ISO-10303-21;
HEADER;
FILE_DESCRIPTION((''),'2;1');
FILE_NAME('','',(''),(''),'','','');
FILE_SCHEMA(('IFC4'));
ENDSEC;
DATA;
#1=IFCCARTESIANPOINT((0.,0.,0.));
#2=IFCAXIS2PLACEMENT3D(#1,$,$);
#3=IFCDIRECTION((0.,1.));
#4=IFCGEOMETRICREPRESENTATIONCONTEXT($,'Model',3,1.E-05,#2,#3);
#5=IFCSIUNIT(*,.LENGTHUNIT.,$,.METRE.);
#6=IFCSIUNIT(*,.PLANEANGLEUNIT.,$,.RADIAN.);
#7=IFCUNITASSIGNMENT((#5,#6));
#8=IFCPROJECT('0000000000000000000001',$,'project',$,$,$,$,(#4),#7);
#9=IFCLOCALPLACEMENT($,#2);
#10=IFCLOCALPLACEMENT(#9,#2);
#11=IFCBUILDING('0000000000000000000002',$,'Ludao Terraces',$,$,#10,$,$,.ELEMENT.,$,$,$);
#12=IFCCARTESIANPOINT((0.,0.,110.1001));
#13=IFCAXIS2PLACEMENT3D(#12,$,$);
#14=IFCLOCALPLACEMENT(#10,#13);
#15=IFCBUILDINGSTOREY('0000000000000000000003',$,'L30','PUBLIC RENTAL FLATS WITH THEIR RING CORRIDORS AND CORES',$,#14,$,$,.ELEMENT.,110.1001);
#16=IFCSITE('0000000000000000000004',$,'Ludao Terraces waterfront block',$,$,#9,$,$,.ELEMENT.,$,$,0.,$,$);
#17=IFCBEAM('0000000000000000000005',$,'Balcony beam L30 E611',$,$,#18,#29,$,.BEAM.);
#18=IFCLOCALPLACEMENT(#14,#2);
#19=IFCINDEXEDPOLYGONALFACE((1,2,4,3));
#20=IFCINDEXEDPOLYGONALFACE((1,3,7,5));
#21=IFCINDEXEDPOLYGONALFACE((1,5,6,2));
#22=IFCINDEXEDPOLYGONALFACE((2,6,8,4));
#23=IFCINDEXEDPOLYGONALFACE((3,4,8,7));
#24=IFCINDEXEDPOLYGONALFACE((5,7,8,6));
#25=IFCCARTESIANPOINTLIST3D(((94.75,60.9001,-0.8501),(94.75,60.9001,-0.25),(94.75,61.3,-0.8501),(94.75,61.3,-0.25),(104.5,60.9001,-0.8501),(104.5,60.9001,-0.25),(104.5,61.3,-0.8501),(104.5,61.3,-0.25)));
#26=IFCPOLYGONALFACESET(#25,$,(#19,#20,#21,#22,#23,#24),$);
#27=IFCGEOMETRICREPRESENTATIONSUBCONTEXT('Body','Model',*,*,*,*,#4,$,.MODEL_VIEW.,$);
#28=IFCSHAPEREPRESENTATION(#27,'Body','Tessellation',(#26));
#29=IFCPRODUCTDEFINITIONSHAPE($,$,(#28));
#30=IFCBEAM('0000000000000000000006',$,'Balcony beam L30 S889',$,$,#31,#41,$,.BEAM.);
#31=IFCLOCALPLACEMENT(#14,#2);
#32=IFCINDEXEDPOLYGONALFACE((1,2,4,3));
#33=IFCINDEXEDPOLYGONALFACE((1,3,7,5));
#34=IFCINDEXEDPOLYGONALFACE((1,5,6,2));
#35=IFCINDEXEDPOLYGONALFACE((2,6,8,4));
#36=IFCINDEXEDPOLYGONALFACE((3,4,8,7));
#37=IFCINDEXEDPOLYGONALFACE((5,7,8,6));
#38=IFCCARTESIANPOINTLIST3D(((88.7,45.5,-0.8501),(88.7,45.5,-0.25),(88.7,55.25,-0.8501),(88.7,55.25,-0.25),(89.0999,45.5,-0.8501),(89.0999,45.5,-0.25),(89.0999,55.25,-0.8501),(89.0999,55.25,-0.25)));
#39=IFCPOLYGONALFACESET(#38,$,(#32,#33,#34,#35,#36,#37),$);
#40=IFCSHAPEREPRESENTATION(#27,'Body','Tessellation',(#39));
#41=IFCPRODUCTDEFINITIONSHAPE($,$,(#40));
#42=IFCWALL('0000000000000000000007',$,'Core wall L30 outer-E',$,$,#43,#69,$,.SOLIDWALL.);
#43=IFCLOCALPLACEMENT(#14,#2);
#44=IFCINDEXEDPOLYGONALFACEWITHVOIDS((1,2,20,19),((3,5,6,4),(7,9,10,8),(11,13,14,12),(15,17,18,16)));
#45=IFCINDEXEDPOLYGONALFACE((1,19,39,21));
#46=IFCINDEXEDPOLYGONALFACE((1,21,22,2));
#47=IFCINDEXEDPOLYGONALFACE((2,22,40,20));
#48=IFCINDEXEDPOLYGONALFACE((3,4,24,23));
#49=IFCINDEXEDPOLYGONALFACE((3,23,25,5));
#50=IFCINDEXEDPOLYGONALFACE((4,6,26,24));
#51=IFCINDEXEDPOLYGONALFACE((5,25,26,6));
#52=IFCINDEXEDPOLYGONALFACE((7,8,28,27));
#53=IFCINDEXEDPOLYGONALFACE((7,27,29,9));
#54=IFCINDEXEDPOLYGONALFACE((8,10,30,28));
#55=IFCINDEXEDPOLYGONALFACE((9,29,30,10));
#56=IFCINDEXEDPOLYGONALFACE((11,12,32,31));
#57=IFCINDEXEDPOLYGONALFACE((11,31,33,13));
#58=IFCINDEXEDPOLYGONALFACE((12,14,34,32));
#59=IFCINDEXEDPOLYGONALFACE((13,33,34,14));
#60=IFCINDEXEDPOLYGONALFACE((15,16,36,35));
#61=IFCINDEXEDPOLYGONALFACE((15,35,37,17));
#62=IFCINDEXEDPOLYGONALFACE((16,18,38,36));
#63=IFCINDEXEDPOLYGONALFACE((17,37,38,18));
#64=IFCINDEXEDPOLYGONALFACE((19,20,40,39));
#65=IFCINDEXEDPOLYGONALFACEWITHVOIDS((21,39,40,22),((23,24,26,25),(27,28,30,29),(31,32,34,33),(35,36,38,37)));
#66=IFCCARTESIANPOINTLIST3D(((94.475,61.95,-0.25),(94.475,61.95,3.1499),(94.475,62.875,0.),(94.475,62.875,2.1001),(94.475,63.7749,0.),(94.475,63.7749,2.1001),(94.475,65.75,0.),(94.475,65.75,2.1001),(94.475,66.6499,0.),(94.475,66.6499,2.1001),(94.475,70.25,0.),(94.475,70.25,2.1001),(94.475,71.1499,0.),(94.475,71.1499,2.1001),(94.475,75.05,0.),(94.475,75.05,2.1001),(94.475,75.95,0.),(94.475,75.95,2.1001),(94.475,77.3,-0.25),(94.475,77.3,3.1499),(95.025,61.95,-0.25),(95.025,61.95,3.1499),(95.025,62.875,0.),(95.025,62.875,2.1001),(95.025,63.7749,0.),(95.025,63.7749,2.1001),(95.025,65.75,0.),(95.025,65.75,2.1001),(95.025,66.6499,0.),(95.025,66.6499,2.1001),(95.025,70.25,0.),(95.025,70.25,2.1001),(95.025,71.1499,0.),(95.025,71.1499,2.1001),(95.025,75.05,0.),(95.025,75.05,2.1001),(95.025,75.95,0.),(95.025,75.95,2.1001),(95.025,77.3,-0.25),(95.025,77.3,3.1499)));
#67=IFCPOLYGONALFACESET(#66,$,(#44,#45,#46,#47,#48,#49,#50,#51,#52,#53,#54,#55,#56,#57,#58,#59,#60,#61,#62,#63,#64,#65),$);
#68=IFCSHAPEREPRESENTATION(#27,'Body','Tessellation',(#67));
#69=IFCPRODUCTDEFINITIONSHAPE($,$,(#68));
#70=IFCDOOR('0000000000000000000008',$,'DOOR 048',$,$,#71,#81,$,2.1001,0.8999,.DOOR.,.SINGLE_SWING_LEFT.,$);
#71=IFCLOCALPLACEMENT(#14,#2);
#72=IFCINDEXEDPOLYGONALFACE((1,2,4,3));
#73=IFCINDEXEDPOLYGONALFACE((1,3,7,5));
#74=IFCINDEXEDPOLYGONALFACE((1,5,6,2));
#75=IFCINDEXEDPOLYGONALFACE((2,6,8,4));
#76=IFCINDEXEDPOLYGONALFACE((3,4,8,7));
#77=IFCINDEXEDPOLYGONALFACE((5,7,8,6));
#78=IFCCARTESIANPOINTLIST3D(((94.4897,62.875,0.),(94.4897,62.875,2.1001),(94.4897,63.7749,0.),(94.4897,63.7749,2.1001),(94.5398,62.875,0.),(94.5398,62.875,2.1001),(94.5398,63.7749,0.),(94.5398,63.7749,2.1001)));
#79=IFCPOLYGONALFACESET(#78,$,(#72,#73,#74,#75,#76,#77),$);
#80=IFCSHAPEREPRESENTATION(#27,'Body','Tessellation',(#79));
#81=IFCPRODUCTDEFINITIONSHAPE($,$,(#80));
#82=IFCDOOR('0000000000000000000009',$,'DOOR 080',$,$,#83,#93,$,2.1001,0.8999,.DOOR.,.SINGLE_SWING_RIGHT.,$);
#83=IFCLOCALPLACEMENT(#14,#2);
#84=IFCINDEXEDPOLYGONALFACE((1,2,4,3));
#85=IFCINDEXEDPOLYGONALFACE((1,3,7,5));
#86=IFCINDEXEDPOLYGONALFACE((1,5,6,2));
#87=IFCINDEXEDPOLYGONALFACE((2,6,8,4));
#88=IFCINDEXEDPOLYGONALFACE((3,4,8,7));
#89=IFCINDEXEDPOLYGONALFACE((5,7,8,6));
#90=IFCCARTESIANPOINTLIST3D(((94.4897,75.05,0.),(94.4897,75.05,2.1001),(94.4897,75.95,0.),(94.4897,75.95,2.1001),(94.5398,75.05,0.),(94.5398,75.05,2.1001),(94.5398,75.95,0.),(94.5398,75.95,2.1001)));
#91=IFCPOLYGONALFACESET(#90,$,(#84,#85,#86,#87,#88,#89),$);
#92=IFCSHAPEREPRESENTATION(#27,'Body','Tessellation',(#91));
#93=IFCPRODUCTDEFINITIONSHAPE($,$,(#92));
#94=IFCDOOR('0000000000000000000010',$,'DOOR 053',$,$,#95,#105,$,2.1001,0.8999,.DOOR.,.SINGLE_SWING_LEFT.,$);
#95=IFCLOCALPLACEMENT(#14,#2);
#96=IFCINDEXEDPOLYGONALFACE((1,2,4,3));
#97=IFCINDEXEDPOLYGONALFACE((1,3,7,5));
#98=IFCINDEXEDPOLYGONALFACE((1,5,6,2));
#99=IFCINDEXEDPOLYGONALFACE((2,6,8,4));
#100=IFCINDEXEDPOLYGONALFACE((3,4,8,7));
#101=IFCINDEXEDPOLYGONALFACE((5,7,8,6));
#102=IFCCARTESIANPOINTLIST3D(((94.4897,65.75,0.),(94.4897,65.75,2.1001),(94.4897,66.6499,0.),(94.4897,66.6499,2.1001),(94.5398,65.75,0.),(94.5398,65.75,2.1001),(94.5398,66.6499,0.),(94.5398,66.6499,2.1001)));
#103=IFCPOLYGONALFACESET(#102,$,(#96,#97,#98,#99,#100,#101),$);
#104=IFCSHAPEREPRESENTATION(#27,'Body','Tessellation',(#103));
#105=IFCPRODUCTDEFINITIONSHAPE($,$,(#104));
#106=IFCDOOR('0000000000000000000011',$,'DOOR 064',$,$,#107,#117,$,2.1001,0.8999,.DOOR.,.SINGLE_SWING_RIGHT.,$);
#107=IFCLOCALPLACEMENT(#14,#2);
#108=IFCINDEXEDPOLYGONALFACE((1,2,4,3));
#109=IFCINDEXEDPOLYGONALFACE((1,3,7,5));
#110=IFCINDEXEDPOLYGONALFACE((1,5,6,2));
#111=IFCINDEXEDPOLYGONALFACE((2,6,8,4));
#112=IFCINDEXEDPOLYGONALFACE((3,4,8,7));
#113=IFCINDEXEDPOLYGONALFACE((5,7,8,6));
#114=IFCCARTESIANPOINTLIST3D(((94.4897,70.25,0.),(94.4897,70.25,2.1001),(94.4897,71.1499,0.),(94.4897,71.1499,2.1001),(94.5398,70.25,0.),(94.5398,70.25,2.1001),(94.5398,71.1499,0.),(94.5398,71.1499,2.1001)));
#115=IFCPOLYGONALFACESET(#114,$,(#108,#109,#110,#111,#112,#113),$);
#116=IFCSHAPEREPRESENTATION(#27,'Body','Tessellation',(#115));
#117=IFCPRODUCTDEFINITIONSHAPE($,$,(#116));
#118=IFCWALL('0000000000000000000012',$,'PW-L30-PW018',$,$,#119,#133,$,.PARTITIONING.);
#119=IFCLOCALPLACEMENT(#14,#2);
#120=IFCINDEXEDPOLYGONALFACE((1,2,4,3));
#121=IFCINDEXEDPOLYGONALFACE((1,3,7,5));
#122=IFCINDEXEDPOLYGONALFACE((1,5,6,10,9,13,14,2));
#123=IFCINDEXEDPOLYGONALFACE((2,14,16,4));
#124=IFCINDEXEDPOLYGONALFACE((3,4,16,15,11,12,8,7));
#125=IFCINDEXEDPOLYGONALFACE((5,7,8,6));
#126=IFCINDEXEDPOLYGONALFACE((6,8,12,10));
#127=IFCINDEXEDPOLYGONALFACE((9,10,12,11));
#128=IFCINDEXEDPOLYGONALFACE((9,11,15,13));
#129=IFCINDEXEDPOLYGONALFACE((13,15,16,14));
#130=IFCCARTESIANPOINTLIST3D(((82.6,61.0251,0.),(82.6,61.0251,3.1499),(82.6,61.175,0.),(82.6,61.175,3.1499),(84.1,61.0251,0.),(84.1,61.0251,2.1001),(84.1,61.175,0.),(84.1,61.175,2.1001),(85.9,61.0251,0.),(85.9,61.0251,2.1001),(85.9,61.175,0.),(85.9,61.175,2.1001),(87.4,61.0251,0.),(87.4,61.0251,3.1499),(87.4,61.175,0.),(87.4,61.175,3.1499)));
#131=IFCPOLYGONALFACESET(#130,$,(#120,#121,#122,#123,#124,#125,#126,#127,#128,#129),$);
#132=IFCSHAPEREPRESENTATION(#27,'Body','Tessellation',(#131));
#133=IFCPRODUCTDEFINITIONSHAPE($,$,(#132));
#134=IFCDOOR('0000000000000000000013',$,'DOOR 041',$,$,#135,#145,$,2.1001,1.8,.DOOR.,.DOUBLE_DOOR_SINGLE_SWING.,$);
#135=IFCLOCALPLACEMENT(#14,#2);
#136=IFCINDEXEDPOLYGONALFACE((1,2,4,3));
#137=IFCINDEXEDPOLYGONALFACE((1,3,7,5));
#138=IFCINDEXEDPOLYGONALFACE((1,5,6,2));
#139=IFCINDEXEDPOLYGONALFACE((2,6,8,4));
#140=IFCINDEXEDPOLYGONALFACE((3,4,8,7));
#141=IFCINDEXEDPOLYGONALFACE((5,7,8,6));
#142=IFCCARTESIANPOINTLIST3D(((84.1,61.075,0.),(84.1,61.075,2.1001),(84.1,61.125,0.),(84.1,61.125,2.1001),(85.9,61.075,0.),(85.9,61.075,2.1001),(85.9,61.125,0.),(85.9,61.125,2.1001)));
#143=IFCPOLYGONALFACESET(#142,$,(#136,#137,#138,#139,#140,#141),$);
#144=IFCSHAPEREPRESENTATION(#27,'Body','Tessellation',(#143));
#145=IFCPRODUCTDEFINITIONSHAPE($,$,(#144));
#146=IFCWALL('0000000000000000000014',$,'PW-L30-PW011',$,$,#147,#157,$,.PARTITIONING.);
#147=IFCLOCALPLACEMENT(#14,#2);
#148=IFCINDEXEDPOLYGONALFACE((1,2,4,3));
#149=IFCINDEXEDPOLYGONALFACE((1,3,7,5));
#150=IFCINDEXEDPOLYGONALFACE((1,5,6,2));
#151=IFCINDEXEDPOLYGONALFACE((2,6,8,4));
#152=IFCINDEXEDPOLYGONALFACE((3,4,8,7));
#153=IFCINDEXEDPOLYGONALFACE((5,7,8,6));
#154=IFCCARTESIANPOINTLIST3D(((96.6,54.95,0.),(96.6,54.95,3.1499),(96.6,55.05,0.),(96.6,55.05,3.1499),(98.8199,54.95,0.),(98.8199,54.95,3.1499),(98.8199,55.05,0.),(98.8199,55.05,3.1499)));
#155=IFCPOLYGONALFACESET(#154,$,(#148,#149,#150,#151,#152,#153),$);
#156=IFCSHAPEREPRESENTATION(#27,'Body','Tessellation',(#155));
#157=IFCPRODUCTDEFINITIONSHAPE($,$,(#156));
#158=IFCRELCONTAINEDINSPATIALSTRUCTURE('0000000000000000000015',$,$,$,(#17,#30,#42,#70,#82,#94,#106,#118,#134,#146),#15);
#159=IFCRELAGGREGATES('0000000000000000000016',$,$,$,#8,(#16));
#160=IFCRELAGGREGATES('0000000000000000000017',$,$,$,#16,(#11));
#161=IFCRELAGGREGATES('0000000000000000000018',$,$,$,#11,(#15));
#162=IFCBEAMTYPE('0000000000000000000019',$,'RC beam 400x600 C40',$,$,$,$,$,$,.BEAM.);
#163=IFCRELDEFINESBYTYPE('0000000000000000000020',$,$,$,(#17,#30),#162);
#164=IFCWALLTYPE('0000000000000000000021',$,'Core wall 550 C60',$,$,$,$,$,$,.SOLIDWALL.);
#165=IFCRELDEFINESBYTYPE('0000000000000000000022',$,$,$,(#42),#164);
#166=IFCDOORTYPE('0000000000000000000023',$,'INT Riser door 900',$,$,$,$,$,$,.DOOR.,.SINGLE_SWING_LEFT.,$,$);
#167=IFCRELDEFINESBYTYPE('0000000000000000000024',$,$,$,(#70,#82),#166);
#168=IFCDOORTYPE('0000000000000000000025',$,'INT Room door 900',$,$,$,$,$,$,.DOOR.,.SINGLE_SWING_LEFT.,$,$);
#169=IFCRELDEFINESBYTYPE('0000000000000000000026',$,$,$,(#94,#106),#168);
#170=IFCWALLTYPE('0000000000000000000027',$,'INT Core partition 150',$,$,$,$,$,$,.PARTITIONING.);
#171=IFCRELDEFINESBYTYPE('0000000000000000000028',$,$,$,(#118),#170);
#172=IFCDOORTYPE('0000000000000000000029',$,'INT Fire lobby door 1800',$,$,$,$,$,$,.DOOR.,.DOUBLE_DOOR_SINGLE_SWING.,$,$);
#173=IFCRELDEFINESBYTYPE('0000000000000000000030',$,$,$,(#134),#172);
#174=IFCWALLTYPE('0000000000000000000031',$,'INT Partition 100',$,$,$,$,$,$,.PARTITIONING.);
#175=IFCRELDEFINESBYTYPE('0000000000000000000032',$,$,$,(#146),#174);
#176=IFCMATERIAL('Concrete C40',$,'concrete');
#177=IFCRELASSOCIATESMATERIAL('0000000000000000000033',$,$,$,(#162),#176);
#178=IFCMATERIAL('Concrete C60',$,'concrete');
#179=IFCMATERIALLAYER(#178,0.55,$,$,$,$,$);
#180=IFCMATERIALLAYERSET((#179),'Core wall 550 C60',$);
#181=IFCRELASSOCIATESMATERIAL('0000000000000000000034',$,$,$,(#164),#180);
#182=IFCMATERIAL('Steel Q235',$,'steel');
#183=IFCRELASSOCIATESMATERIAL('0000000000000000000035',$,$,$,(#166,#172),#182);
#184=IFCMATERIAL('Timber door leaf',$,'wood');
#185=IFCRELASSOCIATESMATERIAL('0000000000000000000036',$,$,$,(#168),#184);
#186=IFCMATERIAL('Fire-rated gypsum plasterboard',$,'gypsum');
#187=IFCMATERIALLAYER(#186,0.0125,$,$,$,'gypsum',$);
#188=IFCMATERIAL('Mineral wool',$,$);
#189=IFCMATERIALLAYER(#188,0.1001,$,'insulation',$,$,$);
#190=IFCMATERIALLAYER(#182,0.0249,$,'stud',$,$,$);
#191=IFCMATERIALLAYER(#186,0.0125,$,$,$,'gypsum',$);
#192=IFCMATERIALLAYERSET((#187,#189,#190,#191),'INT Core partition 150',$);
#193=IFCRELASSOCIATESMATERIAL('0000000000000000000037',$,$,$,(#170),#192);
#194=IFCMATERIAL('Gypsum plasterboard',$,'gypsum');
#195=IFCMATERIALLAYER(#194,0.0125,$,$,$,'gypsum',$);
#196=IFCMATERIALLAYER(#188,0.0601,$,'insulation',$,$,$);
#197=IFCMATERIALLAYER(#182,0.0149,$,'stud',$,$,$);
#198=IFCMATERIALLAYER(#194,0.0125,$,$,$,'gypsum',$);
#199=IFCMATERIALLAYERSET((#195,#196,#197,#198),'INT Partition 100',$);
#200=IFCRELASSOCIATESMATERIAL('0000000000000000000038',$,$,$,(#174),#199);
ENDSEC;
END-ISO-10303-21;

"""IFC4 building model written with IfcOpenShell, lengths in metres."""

from ifc_helpers import new_model, si_unit, direction, frame, frame_2d, origin, origin_2d, place, context, subcontext, project, spatial, rectangle, extrude, material, layer, layer_set, material_profile, profile_set, type_object, element, fill, save


model = new_model("IFC4")

# Units and contexts
model_context = context("Model", 3, precision=1e-05, world=origin(), true_north=direction((0.0, 1.0)))
body_context = subcontext(model_context, "Body", "Model", "MODEL_VIEW")
ifc_project = project(units=[si_unit("LENGTHUNIT", "METRE"), si_unit("PLANEANGLEUNIT", "RADIAN")], contexts=[model_context])

# Site, building, storey
site_placement = place(None, origin())
site = spatial("IfcSite", under=ifc_project, at=site_placement, Name="Ludao Terraces waterfront block", CompositionType="ELEMENT", RefElevation=0.0)
building_placement = place(site_placement, origin())
building = spatial("IfcBuilding", under=site, at=building_placement, Name="Ludao Terraces", CompositionType="ELEMENT")
storey_placement = place(building_placement, frame((0.0, 0.0, 110.1001)))
storey = spatial("IfcBuildingStorey", under=building, at=storey_placement, Name="L30", Description="PUBLIC RENTAL FLATS WITH THEIR RING CORRIDORS AND CORES", CompositionType="ELEMENT", Elevation=110.1001)

# Beams
ifc_material_1 = material(Name="Concrete C40", Category="concrete")
ifc_material_profile = material_profile(ifc_material_1, rectangle(XDim=0.3999, YDim=0.6001, at=origin_2d()), Name="400 X 600")
ifc_profile_set = profile_set([ifc_material_profile], Name="Concrete C40")
beam_type = type_object("IfcBeamType", Name="RC beam 400x600 C40", PredefinedType="BEAM", material=ifc_profile_set)
for number, where, z_axis, x_axis, name in (
    (1, (94.75, 61.1001, -0.55), (1.0, 0.0, 0.0), (0.0, 1.0, 0.0), "Balcony beam L30 E611"),
    (2, (88.8999, 55.25, -0.55), (0.0, -1.0, 0.0), (1.0, 0.0, 0.0), "Balcony beam L30 S889"),
):
    element("IfcBeam", number, at=place(storey_placement, frame(where, z_axis=z_axis, x_axis=x_axis)), inside=storey, type_object=beam_type, Name=name, PredefinedType="BEAM", context=body_context, shape_type="SweptSolid", body=[
        extrude(rectangle(XDim=0.3999, YDim=0.6001, at=origin_2d()), origin(), (0.0, 0.0, 1.0), 9.75),
    ])

# Wall, openings, doors
ifc_material_2 = material(Name="Concrete C60", Category="concrete")
ifc_layer_1 = layer(ifc_material_2, 0.55)
ifc_layer_set_1 = layer_set([ifc_layer_1], Name="Core wall 550 C60")
wall_type_1 = type_object("IfcWallType", Name="Core wall 550 C60", PredefinedType="SOLIDWALL", material=ifc_layer_set_1)
wall_1_placement = place(storey_placement, frame((94.75, 61.95, -0.25), z_axis=(0.0, 0.0, 1.0), x_axis=(0.0, 1.0, 0.0)))
wall_1 = element("IfcWall", 3, at=wall_1_placement, inside=storey, type_object=wall_type_1, Name="Core wall L30 outer-E", PredefinedType="SOLIDWALL", context=body_context, shape_type="SweptSolid", body=[
    extrude(rectangle(XDim=15.3501, YDim=0.55, at=frame_2d((7.675, 0.0))), origin(), (0.0, 0.0, 1.0), 3.3999),
])
opening_1_placement = place(wall_1_placement, frame((0.925, 0.0, 0.25)))
opening_1 = element("IfcOpeningElement", 4, at=opening_1_placement, cuts=wall_1, PredefinedType="OPENING", context=body_context, shape_type="SweptSolid", body=[
    extrude(rectangle(XDim=0.8999, YDim=2.1001, at=frame_2d((0.45, 1.05))), frame((0.0, 0.2852, 0.0), z_axis=(0.0, -1.0, 0.0), x_axis=(1.0, 0.0, 0.0)), (0.0, 0.0, 1.0), 0.5701),
])
opening_2_placement = place(wall_1_placement, frame((3.8, 0.0, 0.25)))
opening_2 = element("IfcOpeningElement", 5, at=opening_2_placement, cuts=wall_1, PredefinedType="OPENING", context=body_context, shape_type="SweptSolid", body=[
    extrude(rectangle(XDim=0.8999, YDim=2.1001, at=frame_2d((0.45, 1.05))), frame((0.0, 0.2852, 0.0), z_axis=(0.0, -1.0, 0.0), x_axis=(1.0, 0.0, 0.0)), (0.0, 0.0, 1.0), 0.5701),
])
opening_3_placement = place(wall_1_placement, frame((8.3, 0.0, 0.25)))
opening_3 = element("IfcOpeningElement", 6, at=opening_3_placement, cuts=wall_1, PredefinedType="OPENING", context=body_context, shape_type="SweptSolid", body=[
    extrude(rectangle(XDim=0.8999, YDim=2.1001, at=frame_2d((0.45, 1.05))), frame((0.0, 0.2852, 0.0), z_axis=(0.0, -1.0, 0.0), x_axis=(1.0, 0.0, 0.0)), (0.0, 0.0, 1.0), 0.5701),
])
opening_4_placement = place(wall_1_placement, frame((13.1001, 0.0, 0.25)))
opening_4 = element("IfcOpeningElement", 7, at=opening_4_placement, cuts=wall_1, PredefinedType="OPENING", context=body_context, shape_type="SweptSolid", body=[
    extrude(rectangle(XDim=0.8999, YDim=2.1001, at=frame_2d((0.45, 1.05))), frame((0.0, 0.2852, 0.0), z_axis=(0.0, -1.0, 0.0), x_axis=(1.0, 0.0, 0.0)), (0.0, 0.0, 1.0), 0.5701),
])
ifc_material_3 = material(Name="Steel Q235", Category="steel")
door_type_1 = type_object("IfcDoorType", Name="INT Riser door 900", OperationType="SINGLE_SWING_LEFT", PredefinedType="DOOR", material=ifc_material_3)
door_1_placement = place(opening_1_placement, origin())
door_1 = element("IfcDoor", 8, at=door_1_placement, inside=storey, type_object=door_type_1, Name="DOOR 048", OperationType="SINGLE_SWING_LEFT", OverallHeight=2.1001, OverallWidth=0.8999, PredefinedType="DOOR", context=body_context, shape_type="SweptSolid", body=[
    extrude(rectangle(XDim=0.8999, YDim=2.1001, at=frame_2d((0.45, 1.05))), frame((0.0, 0.2603, 0.0), z_axis=(0.0, -1.0, 0.0), x_axis=(1.0, 0.0, 0.0)), (0.0, 0.0, 1.0), 0.05),
])
fill(opening_1, door_1)
door_2_placement = place(opening_4_placement, origin())
door_2 = element("IfcDoor", 9, at=door_2_placement, inside=storey, type_object=door_type_1, Name="DOOR 080", OperationType="SINGLE_SWING_RIGHT", OverallHeight=2.1001, OverallWidth=0.8999, PredefinedType="DOOR", context=body_context, shape_type="SweptSolid", body=[
    extrude(rectangle(XDim=0.8999, YDim=2.1001, at=frame_2d((0.45, 1.05))), frame((0.0, 0.2603, 0.0), z_axis=(0.0, -1.0, 0.0), x_axis=(1.0, 0.0, 0.0)), (0.0, 0.0, 1.0), 0.05),
])
fill(opening_4, door_2)
ifc_material_4 = material(Name="Timber door leaf", Category="wood")
door_type_2 = type_object("IfcDoorType", Name="INT Room door 900", OperationType="SINGLE_SWING_LEFT", PredefinedType="DOOR", material=ifc_material_4)
door_3_placement = place(opening_2_placement, origin())
door_3 = element("IfcDoor", 10, at=door_3_placement, inside=storey, type_object=door_type_2, Name="DOOR 053", OperationType="SINGLE_SWING_LEFT", OverallHeight=2.1001, OverallWidth=0.8999, PredefinedType="DOOR", context=body_context, shape_type="SweptSolid", body=[
    extrude(rectangle(XDim=0.8999, YDim=2.1001, at=frame_2d((0.45, 1.05))), frame((0.0, 0.2603, 0.0), z_axis=(0.0, -1.0, 0.0), x_axis=(1.0, 0.0, 0.0)), (0.0, 0.0, 1.0), 0.05),
])
fill(opening_2, door_3)
door_4_placement = place(opening_3_placement, origin())
door_4 = element("IfcDoor", 11, at=door_4_placement, inside=storey, type_object=door_type_2, Name="DOOR 064", OperationType="SINGLE_SWING_RIGHT", OverallHeight=2.1001, OverallWidth=0.8999, PredefinedType="DOOR", context=body_context, shape_type="SweptSolid", body=[
    extrude(rectangle(XDim=0.8999, YDim=2.1001, at=frame_2d((0.45, 1.05))), frame((0.0, 0.2603, 0.0), z_axis=(0.0, -1.0, 0.0), x_axis=(1.0, 0.0, 0.0)), (0.0, 0.0, 1.0), 0.05),
])
fill(opening_3, door_4)

# Wall, opening, door
ifc_material_5 = material(Name="Fire-rated gypsum plasterboard", Category="gypsum")
ifc_layer_2 = layer(ifc_material_5, 0.0125, Category="gypsum")
ifc_material_6 = material(Name="Mineral wool")
ifc_layer_3 = layer(ifc_material_6, 0.1001, Name="insulation")
ifc_layer_4 = layer(ifc_material_3, 0.0249, Name="stud")
ifc_layer_5 = layer(ifc_material_5, 0.0125, Category="gypsum")
ifc_layer_set_2 = layer_set([ifc_layer_2, ifc_layer_3, ifc_layer_4, ifc_layer_5], Name="INT Core partition 150")
wall_type_2 = type_object("IfcWallType", Name="INT Core partition 150", PredefinedType="PARTITIONING", material=ifc_layer_set_2)
wall_2_placement = place(storey_placement, frame((82.6001, 61.1001, 0.0), z_axis=(0.0, 0.0, 1.0), x_axis=(1.0, 0.0, 0.0)))
wall_2 = element("IfcWall", 12, at=wall_2_placement, inside=storey, type_object=wall_type_2, Name="PW-L30-PW018", PredefinedType="PARTITIONING", context=body_context, shape_type="SweptSolid", body=[
    extrude(rectangle(XDim=4.8, YDim=0.1499, at=frame_2d((2.3999, 0.0))), origin(), (0.0, 0.0, 1.0), 3.1499),
])
opening_5_placement = place(wall_2_placement, frame((1.5, 0.0, 0.0)))
opening_5 = element("IfcOpeningElement", 13, at=opening_5_placement, cuts=wall_2, PredefinedType="OPENING", context=body_context, shape_type="SweptSolid", body=[
    extrude(rectangle(XDim=1.8, YDim=2.1001, at=frame_2d((0.8999, 1.05))), frame((0.0, 0.085, 0.0), z_axis=(0.0, -1.0, 0.0), x_axis=(1.0, 0.0, 0.0)), (0.0, 0.0, 1.0), 0.1699),
])
door_type_3 = type_object("IfcDoorType", Name="INT Fire lobby door 1800", OperationType="DOUBLE_DOOR_SINGLE_SWING", PredefinedType="DOOR", material=ifc_material_3)
door_5_placement = place(opening_5_placement, origin())
door_5 = element("IfcDoor", 14, at=door_5_placement, inside=storey, type_object=door_type_3, Name="DOOR 041", OperationType="DOUBLE_DOOR_SINGLE_SWING", OverallHeight=2.1001, OverallWidth=1.8, PredefinedType="DOOR", context=body_context, shape_type="SweptSolid", body=[
    extrude(rectangle(XDim=1.8, YDim=2.1001, at=frame_2d((0.8999, 1.05))), frame((0.0, 0.0249, 0.0), z_axis=(0.0, -1.0, 0.0), x_axis=(1.0, 0.0, 0.0)), (0.0, 0.0, 1.0), 0.05),
])
fill(opening_5, door_5)

# Wall
ifc_material_7 = material(Name="Gypsum plasterboard", Category="gypsum")
ifc_layer_6 = layer(ifc_material_7, 0.0125, Category="gypsum")
ifc_layer_7 = layer(ifc_material_6, 0.0601, Name="insulation")
ifc_layer_8 = layer(ifc_material_3, 0.0149, Name="stud")
ifc_layer_9 = layer(ifc_material_7, 0.0125, Category="gypsum")
ifc_layer_set_3 = layer_set([ifc_layer_6, ifc_layer_7, ifc_layer_8, ifc_layer_9], Name="INT Partition 100")
wall_type_3 = type_object("IfcWallType", Name="INT Partition 100", PredefinedType="PARTITIONING", material=ifc_layer_set_3)
for number, where, z_axis, x_axis, name in (
    (15, (96.6001, 55.0, 0.0), (0.0, 0.0, 1.0), (1.0, 0.0, 0.0), "PW-L30-PW011"),
):
    element("IfcWall", number, at=place(storey_placement, frame(where, z_axis=z_axis, x_axis=x_axis)), inside=storey, type_object=wall_type_3, Name=name, PredefinedType="PARTITIONING", context=body_context, shape_type="SweptSolid", body=[
        extrude(rectangle(XDim=2.22, YDim=0.1001, at=frame_2d((1.1099, 0.0))), origin(), (0.0, 0.0, 1.0), 3.1499),
    ])

save(model, "model.ifc")
